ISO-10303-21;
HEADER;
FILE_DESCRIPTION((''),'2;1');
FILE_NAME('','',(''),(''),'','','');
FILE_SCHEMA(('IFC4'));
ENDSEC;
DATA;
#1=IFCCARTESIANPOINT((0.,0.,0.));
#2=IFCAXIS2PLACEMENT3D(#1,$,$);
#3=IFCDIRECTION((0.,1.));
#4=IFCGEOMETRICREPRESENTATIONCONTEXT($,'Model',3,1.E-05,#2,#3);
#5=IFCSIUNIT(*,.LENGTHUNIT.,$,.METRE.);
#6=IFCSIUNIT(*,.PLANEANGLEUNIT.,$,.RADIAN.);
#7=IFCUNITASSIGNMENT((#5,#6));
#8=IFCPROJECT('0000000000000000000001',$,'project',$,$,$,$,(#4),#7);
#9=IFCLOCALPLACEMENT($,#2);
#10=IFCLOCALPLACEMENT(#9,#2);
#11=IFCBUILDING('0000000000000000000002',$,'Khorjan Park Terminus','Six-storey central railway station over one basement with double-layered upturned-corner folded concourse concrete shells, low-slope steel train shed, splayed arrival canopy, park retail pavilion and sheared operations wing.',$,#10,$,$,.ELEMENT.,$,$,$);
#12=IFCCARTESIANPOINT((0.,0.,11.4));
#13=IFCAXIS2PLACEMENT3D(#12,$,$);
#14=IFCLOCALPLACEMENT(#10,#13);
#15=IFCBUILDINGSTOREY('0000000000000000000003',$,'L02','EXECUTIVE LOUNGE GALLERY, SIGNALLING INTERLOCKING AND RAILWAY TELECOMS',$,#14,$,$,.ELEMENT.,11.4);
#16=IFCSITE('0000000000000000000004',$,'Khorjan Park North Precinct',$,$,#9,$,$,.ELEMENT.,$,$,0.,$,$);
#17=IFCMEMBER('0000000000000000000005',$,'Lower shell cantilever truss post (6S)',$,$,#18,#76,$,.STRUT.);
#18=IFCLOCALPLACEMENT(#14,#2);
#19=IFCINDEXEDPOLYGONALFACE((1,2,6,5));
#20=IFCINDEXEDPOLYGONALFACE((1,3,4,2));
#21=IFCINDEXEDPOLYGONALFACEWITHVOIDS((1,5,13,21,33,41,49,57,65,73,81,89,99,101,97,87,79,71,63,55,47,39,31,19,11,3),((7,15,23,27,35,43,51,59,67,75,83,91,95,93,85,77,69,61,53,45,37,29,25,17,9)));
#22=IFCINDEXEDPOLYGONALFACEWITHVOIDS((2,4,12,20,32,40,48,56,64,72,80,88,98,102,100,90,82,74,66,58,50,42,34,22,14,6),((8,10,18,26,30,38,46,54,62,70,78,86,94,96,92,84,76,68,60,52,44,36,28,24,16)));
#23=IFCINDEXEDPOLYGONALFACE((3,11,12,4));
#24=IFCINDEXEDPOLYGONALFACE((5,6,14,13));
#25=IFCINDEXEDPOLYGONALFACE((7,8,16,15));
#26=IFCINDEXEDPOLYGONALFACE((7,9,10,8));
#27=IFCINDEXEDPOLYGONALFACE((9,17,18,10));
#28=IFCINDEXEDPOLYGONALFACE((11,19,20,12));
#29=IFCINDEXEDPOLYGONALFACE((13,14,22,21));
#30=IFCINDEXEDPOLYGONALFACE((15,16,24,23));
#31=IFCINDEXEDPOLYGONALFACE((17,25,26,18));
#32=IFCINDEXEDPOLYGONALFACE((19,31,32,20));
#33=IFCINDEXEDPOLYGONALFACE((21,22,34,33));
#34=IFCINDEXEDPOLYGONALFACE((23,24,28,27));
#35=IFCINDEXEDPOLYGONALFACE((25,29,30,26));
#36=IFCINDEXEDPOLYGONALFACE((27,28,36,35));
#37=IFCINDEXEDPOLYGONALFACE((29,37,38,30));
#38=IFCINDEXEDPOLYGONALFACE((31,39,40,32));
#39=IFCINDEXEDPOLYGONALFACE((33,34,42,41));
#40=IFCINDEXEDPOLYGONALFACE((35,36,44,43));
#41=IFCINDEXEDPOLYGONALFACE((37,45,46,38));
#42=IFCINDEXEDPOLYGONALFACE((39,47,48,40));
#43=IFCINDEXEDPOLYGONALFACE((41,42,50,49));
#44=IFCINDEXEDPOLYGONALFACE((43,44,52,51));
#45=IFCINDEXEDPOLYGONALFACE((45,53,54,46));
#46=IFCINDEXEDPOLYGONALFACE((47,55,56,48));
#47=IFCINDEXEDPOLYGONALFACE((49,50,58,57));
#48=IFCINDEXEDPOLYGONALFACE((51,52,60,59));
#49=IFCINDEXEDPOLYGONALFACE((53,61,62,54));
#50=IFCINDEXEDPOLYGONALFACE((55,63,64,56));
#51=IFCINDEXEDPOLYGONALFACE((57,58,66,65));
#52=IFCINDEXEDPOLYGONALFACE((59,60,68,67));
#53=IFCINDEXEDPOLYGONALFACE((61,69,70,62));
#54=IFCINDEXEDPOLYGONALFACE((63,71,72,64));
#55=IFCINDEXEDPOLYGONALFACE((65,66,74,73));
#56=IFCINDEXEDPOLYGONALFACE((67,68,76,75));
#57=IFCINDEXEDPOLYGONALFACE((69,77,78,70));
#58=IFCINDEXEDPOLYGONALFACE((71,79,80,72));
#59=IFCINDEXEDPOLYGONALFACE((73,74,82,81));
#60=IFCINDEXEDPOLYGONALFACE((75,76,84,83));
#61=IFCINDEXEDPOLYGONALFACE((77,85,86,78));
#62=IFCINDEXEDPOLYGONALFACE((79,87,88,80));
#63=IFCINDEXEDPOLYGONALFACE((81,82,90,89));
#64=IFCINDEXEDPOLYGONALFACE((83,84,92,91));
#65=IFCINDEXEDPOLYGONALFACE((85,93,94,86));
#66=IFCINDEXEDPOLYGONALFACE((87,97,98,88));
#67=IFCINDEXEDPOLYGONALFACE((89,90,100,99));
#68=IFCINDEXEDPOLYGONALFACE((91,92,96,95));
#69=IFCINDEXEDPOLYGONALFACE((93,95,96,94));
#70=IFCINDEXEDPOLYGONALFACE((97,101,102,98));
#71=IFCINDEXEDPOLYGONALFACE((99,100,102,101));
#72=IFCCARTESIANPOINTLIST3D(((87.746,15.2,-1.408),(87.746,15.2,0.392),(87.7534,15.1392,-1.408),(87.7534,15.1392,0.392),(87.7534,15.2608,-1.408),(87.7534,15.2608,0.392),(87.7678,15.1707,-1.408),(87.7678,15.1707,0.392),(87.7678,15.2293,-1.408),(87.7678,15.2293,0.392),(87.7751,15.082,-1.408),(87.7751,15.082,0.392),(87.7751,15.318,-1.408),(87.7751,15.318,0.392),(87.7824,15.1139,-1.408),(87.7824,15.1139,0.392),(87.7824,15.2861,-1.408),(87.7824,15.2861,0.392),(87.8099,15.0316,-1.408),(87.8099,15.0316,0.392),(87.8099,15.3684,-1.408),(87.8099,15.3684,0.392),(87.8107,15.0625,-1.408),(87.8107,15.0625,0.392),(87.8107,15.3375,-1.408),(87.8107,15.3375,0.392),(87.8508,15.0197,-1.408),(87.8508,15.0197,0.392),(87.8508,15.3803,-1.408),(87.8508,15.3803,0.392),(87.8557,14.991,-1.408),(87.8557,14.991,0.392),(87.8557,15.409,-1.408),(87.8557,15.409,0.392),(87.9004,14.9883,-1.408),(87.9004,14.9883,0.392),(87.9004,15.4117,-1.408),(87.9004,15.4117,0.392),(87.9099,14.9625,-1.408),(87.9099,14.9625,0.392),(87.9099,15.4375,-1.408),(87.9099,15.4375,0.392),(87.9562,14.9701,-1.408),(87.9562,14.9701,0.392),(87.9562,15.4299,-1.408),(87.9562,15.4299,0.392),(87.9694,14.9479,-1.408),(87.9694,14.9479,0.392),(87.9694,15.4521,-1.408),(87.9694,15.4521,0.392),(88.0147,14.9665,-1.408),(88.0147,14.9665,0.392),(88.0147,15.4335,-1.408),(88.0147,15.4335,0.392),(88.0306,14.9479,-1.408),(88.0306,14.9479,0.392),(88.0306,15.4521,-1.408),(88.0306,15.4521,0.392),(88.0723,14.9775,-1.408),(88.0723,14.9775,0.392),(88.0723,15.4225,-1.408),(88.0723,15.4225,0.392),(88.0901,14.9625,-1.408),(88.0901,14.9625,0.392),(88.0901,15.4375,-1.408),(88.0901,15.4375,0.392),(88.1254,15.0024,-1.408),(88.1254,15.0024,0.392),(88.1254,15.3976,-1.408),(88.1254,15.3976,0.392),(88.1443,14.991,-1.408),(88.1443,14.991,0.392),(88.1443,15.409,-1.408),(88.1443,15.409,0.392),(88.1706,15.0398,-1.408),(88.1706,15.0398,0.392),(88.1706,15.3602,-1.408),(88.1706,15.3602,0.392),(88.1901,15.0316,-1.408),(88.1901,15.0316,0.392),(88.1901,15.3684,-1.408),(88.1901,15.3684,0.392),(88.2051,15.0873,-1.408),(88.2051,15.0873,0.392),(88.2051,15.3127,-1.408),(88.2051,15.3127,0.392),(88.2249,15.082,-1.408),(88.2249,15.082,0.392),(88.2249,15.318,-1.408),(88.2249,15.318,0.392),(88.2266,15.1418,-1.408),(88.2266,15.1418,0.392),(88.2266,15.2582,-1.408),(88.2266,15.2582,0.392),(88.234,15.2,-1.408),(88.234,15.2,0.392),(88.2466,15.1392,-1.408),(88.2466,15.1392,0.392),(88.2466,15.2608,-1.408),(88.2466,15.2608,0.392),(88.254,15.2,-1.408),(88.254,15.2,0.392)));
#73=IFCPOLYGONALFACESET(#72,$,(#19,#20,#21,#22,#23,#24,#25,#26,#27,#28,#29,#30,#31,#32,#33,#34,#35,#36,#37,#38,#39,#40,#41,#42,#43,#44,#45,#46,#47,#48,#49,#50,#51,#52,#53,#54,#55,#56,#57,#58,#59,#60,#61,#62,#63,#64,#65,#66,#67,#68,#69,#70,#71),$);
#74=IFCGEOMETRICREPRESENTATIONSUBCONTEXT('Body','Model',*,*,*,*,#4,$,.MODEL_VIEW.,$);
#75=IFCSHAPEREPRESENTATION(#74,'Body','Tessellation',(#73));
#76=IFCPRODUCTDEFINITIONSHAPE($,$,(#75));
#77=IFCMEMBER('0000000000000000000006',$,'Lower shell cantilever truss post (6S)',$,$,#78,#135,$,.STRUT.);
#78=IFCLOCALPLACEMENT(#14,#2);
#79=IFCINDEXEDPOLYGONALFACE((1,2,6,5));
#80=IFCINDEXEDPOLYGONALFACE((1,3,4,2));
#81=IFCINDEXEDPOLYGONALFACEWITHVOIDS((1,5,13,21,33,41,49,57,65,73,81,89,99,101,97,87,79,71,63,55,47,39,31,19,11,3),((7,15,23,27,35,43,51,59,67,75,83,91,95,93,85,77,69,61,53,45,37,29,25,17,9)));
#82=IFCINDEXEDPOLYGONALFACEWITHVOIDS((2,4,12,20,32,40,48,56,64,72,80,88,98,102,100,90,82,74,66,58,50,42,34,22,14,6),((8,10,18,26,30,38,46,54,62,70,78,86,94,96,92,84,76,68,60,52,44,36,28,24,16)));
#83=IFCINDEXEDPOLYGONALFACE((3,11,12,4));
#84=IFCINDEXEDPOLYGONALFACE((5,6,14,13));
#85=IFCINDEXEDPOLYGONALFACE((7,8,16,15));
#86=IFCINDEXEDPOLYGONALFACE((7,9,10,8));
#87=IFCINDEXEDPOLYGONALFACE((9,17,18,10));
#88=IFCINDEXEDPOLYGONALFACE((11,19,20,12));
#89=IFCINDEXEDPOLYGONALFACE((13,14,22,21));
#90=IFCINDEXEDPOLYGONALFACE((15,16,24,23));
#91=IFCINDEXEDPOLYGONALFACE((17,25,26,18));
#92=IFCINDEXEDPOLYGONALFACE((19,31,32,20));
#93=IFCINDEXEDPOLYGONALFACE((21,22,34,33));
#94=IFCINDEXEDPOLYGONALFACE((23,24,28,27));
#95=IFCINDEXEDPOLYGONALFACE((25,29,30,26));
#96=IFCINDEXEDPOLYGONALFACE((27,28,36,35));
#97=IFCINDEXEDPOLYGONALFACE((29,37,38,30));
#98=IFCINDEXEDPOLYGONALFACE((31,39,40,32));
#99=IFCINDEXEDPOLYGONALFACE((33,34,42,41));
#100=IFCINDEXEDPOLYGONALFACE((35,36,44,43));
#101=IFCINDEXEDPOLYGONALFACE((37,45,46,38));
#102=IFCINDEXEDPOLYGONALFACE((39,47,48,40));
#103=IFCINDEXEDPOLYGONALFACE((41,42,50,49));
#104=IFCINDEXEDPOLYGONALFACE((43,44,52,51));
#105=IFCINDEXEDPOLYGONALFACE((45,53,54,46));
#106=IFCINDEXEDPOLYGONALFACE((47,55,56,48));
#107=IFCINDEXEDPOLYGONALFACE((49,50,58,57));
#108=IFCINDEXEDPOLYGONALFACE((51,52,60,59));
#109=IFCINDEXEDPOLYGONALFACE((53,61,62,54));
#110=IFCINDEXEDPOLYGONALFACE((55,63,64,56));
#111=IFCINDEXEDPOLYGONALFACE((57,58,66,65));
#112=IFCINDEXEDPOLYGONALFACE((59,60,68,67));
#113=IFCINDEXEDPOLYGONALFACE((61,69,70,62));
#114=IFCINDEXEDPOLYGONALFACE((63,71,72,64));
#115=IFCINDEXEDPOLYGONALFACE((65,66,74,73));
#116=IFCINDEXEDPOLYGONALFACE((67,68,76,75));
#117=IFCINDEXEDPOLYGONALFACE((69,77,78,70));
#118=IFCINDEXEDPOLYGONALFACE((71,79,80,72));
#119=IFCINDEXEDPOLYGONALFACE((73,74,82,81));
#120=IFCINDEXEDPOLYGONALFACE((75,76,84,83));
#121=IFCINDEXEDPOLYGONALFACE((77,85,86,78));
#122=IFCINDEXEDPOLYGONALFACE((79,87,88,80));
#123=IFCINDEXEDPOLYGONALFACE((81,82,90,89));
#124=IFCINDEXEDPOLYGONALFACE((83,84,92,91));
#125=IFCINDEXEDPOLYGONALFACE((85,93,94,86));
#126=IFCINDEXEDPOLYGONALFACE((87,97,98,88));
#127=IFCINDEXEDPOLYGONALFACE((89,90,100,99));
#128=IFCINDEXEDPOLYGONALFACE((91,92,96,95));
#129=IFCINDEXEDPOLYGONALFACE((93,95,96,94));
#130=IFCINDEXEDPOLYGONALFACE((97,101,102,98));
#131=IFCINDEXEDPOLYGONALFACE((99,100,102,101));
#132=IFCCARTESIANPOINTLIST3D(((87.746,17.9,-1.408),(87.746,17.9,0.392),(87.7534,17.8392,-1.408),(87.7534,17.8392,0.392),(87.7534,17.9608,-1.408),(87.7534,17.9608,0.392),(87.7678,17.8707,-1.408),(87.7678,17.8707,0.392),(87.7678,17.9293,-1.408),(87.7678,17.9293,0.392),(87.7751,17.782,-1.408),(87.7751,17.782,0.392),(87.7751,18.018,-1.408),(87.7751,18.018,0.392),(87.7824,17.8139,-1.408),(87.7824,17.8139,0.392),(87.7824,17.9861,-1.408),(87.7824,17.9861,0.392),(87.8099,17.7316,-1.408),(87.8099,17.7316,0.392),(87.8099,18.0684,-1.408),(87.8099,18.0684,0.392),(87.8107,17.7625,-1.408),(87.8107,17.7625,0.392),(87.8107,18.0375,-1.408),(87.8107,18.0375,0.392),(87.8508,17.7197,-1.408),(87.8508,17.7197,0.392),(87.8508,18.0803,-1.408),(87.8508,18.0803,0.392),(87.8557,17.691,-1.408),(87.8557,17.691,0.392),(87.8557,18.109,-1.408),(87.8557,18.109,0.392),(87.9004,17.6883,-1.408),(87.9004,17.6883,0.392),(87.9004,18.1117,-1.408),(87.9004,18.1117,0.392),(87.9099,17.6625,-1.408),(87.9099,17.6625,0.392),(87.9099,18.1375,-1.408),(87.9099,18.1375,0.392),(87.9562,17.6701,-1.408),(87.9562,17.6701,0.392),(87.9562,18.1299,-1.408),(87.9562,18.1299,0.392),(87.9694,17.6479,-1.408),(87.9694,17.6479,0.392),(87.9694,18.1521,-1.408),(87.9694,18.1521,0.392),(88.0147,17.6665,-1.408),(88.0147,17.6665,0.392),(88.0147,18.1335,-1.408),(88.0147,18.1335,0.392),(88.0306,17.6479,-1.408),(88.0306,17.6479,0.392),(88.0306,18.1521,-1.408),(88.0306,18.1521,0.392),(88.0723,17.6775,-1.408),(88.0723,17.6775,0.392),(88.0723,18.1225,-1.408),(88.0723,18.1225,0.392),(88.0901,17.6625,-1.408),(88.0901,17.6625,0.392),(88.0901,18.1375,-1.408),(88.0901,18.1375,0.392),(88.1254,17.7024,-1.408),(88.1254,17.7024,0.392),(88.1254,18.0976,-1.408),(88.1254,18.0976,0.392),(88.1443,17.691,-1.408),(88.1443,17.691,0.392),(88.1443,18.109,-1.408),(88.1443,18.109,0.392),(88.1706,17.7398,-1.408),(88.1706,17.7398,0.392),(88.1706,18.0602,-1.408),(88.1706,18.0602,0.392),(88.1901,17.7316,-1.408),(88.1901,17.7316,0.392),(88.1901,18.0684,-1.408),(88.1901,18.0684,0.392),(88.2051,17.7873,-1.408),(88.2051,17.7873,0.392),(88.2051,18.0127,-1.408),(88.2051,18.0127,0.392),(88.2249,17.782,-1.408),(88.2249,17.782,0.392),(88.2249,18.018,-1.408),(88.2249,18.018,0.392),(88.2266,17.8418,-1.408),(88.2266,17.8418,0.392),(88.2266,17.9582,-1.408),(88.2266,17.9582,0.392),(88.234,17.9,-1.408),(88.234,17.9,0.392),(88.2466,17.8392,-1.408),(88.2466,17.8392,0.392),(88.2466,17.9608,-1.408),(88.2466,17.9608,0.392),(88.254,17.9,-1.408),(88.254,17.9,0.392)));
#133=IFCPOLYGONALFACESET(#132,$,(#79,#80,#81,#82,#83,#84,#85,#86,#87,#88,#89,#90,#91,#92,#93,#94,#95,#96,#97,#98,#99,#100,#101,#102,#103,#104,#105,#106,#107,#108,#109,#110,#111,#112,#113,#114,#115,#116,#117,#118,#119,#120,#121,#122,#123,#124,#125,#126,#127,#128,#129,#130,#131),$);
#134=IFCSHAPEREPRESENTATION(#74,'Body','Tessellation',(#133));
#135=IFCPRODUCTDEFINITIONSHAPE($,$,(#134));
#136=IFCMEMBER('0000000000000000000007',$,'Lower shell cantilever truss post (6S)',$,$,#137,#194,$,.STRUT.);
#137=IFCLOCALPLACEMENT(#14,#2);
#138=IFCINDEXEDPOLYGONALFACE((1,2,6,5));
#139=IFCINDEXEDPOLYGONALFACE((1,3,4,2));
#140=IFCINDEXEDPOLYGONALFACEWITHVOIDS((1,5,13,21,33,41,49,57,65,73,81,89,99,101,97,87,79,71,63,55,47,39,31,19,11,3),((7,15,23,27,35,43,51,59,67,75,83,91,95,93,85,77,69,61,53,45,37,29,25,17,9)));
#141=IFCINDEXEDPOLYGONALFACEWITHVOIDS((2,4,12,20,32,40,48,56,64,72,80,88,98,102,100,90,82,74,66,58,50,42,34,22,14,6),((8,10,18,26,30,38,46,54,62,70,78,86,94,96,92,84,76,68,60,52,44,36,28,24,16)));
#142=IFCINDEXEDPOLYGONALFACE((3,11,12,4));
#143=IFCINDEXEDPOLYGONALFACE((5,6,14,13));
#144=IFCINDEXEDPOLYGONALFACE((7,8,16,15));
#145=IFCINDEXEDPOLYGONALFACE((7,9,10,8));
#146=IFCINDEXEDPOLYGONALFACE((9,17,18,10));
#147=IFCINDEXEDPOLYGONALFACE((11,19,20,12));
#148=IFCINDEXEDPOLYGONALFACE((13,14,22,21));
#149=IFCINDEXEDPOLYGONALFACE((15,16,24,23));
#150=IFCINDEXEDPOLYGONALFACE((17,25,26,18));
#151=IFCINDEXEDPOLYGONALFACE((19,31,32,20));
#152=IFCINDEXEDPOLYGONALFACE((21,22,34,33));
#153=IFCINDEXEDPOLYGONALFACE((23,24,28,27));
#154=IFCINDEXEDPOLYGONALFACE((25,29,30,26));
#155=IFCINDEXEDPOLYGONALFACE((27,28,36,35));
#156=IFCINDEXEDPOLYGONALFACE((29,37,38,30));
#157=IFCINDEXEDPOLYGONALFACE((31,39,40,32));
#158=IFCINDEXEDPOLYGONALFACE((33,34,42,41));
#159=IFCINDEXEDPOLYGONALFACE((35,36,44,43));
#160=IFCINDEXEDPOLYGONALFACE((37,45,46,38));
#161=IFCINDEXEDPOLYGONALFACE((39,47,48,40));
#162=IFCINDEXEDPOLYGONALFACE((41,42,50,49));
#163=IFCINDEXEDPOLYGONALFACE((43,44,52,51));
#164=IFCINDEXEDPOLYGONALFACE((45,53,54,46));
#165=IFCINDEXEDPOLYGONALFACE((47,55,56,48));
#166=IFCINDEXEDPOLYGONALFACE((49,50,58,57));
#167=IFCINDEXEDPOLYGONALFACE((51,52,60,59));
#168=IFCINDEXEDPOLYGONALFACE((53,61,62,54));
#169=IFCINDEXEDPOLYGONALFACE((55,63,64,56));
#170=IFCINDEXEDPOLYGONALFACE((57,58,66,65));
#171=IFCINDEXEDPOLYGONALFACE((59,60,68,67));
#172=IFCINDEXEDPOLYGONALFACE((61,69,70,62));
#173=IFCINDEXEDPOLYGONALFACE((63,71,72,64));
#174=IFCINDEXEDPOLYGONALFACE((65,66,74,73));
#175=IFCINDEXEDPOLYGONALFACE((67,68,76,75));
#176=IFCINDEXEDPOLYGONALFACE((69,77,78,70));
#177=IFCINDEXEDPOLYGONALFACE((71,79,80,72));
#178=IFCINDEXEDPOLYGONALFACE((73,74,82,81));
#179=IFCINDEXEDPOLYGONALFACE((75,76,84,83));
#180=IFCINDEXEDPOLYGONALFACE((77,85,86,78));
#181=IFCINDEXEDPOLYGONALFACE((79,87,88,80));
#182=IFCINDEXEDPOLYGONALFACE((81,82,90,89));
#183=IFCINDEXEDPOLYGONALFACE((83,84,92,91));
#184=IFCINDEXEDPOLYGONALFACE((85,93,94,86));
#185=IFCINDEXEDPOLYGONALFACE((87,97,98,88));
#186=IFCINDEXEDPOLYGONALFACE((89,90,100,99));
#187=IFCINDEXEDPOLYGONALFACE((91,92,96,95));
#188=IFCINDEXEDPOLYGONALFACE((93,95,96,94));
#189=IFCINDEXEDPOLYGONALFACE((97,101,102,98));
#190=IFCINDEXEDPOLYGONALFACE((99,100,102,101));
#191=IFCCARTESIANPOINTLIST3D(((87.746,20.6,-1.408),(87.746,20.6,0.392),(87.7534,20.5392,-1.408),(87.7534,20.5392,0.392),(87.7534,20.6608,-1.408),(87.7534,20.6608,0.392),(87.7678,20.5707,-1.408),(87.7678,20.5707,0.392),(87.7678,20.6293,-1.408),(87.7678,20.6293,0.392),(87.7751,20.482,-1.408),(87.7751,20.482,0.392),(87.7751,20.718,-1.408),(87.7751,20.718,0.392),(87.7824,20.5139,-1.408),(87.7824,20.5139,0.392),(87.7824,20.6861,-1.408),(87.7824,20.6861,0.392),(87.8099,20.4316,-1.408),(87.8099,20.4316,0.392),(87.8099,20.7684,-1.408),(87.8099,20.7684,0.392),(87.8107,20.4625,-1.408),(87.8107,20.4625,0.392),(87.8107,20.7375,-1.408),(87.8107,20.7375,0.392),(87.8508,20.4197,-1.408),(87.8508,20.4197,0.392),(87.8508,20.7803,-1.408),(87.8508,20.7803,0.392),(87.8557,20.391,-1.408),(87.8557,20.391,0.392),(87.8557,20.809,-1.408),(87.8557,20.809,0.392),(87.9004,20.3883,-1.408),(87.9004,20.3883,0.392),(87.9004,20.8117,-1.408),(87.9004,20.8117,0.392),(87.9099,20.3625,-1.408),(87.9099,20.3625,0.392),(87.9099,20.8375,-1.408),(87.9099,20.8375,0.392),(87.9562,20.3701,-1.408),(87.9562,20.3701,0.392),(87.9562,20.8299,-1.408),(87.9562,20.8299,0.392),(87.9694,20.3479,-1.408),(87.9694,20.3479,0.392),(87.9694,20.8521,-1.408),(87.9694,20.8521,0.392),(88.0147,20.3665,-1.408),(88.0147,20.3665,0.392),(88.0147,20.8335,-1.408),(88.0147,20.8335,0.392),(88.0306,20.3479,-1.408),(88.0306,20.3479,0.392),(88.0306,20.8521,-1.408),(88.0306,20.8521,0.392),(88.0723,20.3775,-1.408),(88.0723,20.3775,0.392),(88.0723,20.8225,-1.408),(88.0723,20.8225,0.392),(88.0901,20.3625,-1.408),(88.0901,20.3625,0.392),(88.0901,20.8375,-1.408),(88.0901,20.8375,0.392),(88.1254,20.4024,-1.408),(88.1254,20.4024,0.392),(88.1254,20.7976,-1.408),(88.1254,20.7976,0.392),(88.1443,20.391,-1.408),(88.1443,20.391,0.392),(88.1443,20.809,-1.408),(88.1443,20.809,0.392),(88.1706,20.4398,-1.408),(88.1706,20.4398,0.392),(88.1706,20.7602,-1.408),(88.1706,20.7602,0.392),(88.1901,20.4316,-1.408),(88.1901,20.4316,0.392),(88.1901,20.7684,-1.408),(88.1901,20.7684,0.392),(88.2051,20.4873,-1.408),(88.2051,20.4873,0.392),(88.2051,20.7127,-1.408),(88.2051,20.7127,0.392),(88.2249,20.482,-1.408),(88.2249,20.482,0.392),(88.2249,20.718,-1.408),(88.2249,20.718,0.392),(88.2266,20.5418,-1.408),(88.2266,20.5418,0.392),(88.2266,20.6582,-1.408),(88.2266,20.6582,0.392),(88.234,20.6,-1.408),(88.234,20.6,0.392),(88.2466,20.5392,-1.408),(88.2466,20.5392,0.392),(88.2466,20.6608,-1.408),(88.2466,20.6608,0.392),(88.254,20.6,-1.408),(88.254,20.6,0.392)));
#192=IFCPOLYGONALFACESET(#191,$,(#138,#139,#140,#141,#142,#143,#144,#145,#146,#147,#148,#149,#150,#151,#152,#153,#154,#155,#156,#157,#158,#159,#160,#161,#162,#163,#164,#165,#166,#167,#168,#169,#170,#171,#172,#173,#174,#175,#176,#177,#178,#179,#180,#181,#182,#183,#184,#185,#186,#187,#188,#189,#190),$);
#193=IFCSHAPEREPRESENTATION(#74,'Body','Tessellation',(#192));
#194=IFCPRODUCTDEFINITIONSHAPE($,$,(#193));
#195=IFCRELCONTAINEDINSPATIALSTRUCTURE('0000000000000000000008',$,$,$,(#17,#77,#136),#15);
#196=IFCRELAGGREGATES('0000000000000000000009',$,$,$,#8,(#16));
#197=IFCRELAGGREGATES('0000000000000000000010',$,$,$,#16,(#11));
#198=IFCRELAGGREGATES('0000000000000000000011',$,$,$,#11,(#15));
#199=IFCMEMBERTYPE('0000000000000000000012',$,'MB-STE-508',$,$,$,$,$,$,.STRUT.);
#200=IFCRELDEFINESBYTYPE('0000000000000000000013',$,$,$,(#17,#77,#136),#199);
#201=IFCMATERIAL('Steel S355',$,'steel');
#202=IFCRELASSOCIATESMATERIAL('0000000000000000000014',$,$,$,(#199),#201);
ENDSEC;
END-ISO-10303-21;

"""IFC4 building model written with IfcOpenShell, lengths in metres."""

from ifc_helpers import new_model, si_unit, direction, frame, origin, origin_2d, place, context, subcontext, project, spatial, hollow_circle, extrude, material, material_profile, profile_set, type_object, element, save


model = new_model("IFC4")

# Units and contexts
model_context = context("Model", 3, precision=1e-05, world=origin(), true_north=direction((0.0, 1.0)))
body_context = subcontext(model_context, "Body", "Model", "MODEL_VIEW")
ifc_project = project(units=[si_unit("LENGTHUNIT", "METRE"), si_unit("PLANEANGLEUNIT", "RADIAN")], contexts=[model_context])

# Site, building, storey
site_placement = place(None, origin())
site = spatial("IfcSite", under=ifc_project, at=site_placement, Name="Khorjan Park North Precinct", CompositionType="ELEMENT", RefElevation=0.0)
building_placement = place(site_placement, origin())
building = spatial("IfcBuilding", under=site, at=building_placement, Name="Khorjan Park Terminus", Description="Six-storey central railway station over one basement with double-layered upturned-corner folded concourse concrete shells, low-slope steel train shed, splayed arrival canopy, park retail pavilion and sheared operations wing.", CompositionType="ELEMENT")
storey_placement = place(building_placement, frame((0.0, 0.0, 11.4)))
storey = spatial("IfcBuildingStorey", under=building, at=storey_placement, Name="L02", Description="EXECUTIVE LOUNGE GALLERY, SIGNALLING INTERLOCKING AND RAILWAY TELECOMS", CompositionType="ELEMENT", Elevation=11.4)

# Members
ifc_material_1 = material(Name="Steel S355", Category="steel")
ifc_material_profile_1 = material_profile(ifc_material_1, hollow_circle(Radius=0.254, WallThickness=0.02, at=origin_2d()), Name="CHS 508x20")
ifc_profile_set_1 = profile_set([ifc_material_profile_1], Name="Steel S355")
member_type_1 = type_object("IfcMemberType", Name="MB-STE-508", PredefinedType="STRUT", material=ifc_profile_set_1)
for number, where, z_axis, x_axis, name in (
    (1, (88.0, 15.2, -1.408), (0.0, 0.0, 1.0), (1.0, 0.0, 0.0), "Lower shell cantilever truss post (6S)"),
    (2, (88.0, 17.9, -1.408), (0.0, 0.0, 1.0), (1.0, 0.0, 0.0), "Lower shell cantilever truss post (6S)"),
    (3, (88.0, 20.6, -1.408), (0.0, 0.0, 1.0), (1.0, 0.0, 0.0), "Lower shell cantilever truss post (6S)"),
):
    element("IfcMember", number, at=place(storey_placement, frame(where, z_axis=z_axis, x_axis=x_axis)), inside=storey, type_object=member_type_1, Name=name, PredefinedType="STRUT", context=body_context, shape_type="SweptSolid", body=[
        extrude(hollow_circle(Radius=0.254, WallThickness=0.02, at=origin_2d()), origin(), (0.0, 0.0, 1.0), 1.8),
    ])

save(model, "model.ifc")
